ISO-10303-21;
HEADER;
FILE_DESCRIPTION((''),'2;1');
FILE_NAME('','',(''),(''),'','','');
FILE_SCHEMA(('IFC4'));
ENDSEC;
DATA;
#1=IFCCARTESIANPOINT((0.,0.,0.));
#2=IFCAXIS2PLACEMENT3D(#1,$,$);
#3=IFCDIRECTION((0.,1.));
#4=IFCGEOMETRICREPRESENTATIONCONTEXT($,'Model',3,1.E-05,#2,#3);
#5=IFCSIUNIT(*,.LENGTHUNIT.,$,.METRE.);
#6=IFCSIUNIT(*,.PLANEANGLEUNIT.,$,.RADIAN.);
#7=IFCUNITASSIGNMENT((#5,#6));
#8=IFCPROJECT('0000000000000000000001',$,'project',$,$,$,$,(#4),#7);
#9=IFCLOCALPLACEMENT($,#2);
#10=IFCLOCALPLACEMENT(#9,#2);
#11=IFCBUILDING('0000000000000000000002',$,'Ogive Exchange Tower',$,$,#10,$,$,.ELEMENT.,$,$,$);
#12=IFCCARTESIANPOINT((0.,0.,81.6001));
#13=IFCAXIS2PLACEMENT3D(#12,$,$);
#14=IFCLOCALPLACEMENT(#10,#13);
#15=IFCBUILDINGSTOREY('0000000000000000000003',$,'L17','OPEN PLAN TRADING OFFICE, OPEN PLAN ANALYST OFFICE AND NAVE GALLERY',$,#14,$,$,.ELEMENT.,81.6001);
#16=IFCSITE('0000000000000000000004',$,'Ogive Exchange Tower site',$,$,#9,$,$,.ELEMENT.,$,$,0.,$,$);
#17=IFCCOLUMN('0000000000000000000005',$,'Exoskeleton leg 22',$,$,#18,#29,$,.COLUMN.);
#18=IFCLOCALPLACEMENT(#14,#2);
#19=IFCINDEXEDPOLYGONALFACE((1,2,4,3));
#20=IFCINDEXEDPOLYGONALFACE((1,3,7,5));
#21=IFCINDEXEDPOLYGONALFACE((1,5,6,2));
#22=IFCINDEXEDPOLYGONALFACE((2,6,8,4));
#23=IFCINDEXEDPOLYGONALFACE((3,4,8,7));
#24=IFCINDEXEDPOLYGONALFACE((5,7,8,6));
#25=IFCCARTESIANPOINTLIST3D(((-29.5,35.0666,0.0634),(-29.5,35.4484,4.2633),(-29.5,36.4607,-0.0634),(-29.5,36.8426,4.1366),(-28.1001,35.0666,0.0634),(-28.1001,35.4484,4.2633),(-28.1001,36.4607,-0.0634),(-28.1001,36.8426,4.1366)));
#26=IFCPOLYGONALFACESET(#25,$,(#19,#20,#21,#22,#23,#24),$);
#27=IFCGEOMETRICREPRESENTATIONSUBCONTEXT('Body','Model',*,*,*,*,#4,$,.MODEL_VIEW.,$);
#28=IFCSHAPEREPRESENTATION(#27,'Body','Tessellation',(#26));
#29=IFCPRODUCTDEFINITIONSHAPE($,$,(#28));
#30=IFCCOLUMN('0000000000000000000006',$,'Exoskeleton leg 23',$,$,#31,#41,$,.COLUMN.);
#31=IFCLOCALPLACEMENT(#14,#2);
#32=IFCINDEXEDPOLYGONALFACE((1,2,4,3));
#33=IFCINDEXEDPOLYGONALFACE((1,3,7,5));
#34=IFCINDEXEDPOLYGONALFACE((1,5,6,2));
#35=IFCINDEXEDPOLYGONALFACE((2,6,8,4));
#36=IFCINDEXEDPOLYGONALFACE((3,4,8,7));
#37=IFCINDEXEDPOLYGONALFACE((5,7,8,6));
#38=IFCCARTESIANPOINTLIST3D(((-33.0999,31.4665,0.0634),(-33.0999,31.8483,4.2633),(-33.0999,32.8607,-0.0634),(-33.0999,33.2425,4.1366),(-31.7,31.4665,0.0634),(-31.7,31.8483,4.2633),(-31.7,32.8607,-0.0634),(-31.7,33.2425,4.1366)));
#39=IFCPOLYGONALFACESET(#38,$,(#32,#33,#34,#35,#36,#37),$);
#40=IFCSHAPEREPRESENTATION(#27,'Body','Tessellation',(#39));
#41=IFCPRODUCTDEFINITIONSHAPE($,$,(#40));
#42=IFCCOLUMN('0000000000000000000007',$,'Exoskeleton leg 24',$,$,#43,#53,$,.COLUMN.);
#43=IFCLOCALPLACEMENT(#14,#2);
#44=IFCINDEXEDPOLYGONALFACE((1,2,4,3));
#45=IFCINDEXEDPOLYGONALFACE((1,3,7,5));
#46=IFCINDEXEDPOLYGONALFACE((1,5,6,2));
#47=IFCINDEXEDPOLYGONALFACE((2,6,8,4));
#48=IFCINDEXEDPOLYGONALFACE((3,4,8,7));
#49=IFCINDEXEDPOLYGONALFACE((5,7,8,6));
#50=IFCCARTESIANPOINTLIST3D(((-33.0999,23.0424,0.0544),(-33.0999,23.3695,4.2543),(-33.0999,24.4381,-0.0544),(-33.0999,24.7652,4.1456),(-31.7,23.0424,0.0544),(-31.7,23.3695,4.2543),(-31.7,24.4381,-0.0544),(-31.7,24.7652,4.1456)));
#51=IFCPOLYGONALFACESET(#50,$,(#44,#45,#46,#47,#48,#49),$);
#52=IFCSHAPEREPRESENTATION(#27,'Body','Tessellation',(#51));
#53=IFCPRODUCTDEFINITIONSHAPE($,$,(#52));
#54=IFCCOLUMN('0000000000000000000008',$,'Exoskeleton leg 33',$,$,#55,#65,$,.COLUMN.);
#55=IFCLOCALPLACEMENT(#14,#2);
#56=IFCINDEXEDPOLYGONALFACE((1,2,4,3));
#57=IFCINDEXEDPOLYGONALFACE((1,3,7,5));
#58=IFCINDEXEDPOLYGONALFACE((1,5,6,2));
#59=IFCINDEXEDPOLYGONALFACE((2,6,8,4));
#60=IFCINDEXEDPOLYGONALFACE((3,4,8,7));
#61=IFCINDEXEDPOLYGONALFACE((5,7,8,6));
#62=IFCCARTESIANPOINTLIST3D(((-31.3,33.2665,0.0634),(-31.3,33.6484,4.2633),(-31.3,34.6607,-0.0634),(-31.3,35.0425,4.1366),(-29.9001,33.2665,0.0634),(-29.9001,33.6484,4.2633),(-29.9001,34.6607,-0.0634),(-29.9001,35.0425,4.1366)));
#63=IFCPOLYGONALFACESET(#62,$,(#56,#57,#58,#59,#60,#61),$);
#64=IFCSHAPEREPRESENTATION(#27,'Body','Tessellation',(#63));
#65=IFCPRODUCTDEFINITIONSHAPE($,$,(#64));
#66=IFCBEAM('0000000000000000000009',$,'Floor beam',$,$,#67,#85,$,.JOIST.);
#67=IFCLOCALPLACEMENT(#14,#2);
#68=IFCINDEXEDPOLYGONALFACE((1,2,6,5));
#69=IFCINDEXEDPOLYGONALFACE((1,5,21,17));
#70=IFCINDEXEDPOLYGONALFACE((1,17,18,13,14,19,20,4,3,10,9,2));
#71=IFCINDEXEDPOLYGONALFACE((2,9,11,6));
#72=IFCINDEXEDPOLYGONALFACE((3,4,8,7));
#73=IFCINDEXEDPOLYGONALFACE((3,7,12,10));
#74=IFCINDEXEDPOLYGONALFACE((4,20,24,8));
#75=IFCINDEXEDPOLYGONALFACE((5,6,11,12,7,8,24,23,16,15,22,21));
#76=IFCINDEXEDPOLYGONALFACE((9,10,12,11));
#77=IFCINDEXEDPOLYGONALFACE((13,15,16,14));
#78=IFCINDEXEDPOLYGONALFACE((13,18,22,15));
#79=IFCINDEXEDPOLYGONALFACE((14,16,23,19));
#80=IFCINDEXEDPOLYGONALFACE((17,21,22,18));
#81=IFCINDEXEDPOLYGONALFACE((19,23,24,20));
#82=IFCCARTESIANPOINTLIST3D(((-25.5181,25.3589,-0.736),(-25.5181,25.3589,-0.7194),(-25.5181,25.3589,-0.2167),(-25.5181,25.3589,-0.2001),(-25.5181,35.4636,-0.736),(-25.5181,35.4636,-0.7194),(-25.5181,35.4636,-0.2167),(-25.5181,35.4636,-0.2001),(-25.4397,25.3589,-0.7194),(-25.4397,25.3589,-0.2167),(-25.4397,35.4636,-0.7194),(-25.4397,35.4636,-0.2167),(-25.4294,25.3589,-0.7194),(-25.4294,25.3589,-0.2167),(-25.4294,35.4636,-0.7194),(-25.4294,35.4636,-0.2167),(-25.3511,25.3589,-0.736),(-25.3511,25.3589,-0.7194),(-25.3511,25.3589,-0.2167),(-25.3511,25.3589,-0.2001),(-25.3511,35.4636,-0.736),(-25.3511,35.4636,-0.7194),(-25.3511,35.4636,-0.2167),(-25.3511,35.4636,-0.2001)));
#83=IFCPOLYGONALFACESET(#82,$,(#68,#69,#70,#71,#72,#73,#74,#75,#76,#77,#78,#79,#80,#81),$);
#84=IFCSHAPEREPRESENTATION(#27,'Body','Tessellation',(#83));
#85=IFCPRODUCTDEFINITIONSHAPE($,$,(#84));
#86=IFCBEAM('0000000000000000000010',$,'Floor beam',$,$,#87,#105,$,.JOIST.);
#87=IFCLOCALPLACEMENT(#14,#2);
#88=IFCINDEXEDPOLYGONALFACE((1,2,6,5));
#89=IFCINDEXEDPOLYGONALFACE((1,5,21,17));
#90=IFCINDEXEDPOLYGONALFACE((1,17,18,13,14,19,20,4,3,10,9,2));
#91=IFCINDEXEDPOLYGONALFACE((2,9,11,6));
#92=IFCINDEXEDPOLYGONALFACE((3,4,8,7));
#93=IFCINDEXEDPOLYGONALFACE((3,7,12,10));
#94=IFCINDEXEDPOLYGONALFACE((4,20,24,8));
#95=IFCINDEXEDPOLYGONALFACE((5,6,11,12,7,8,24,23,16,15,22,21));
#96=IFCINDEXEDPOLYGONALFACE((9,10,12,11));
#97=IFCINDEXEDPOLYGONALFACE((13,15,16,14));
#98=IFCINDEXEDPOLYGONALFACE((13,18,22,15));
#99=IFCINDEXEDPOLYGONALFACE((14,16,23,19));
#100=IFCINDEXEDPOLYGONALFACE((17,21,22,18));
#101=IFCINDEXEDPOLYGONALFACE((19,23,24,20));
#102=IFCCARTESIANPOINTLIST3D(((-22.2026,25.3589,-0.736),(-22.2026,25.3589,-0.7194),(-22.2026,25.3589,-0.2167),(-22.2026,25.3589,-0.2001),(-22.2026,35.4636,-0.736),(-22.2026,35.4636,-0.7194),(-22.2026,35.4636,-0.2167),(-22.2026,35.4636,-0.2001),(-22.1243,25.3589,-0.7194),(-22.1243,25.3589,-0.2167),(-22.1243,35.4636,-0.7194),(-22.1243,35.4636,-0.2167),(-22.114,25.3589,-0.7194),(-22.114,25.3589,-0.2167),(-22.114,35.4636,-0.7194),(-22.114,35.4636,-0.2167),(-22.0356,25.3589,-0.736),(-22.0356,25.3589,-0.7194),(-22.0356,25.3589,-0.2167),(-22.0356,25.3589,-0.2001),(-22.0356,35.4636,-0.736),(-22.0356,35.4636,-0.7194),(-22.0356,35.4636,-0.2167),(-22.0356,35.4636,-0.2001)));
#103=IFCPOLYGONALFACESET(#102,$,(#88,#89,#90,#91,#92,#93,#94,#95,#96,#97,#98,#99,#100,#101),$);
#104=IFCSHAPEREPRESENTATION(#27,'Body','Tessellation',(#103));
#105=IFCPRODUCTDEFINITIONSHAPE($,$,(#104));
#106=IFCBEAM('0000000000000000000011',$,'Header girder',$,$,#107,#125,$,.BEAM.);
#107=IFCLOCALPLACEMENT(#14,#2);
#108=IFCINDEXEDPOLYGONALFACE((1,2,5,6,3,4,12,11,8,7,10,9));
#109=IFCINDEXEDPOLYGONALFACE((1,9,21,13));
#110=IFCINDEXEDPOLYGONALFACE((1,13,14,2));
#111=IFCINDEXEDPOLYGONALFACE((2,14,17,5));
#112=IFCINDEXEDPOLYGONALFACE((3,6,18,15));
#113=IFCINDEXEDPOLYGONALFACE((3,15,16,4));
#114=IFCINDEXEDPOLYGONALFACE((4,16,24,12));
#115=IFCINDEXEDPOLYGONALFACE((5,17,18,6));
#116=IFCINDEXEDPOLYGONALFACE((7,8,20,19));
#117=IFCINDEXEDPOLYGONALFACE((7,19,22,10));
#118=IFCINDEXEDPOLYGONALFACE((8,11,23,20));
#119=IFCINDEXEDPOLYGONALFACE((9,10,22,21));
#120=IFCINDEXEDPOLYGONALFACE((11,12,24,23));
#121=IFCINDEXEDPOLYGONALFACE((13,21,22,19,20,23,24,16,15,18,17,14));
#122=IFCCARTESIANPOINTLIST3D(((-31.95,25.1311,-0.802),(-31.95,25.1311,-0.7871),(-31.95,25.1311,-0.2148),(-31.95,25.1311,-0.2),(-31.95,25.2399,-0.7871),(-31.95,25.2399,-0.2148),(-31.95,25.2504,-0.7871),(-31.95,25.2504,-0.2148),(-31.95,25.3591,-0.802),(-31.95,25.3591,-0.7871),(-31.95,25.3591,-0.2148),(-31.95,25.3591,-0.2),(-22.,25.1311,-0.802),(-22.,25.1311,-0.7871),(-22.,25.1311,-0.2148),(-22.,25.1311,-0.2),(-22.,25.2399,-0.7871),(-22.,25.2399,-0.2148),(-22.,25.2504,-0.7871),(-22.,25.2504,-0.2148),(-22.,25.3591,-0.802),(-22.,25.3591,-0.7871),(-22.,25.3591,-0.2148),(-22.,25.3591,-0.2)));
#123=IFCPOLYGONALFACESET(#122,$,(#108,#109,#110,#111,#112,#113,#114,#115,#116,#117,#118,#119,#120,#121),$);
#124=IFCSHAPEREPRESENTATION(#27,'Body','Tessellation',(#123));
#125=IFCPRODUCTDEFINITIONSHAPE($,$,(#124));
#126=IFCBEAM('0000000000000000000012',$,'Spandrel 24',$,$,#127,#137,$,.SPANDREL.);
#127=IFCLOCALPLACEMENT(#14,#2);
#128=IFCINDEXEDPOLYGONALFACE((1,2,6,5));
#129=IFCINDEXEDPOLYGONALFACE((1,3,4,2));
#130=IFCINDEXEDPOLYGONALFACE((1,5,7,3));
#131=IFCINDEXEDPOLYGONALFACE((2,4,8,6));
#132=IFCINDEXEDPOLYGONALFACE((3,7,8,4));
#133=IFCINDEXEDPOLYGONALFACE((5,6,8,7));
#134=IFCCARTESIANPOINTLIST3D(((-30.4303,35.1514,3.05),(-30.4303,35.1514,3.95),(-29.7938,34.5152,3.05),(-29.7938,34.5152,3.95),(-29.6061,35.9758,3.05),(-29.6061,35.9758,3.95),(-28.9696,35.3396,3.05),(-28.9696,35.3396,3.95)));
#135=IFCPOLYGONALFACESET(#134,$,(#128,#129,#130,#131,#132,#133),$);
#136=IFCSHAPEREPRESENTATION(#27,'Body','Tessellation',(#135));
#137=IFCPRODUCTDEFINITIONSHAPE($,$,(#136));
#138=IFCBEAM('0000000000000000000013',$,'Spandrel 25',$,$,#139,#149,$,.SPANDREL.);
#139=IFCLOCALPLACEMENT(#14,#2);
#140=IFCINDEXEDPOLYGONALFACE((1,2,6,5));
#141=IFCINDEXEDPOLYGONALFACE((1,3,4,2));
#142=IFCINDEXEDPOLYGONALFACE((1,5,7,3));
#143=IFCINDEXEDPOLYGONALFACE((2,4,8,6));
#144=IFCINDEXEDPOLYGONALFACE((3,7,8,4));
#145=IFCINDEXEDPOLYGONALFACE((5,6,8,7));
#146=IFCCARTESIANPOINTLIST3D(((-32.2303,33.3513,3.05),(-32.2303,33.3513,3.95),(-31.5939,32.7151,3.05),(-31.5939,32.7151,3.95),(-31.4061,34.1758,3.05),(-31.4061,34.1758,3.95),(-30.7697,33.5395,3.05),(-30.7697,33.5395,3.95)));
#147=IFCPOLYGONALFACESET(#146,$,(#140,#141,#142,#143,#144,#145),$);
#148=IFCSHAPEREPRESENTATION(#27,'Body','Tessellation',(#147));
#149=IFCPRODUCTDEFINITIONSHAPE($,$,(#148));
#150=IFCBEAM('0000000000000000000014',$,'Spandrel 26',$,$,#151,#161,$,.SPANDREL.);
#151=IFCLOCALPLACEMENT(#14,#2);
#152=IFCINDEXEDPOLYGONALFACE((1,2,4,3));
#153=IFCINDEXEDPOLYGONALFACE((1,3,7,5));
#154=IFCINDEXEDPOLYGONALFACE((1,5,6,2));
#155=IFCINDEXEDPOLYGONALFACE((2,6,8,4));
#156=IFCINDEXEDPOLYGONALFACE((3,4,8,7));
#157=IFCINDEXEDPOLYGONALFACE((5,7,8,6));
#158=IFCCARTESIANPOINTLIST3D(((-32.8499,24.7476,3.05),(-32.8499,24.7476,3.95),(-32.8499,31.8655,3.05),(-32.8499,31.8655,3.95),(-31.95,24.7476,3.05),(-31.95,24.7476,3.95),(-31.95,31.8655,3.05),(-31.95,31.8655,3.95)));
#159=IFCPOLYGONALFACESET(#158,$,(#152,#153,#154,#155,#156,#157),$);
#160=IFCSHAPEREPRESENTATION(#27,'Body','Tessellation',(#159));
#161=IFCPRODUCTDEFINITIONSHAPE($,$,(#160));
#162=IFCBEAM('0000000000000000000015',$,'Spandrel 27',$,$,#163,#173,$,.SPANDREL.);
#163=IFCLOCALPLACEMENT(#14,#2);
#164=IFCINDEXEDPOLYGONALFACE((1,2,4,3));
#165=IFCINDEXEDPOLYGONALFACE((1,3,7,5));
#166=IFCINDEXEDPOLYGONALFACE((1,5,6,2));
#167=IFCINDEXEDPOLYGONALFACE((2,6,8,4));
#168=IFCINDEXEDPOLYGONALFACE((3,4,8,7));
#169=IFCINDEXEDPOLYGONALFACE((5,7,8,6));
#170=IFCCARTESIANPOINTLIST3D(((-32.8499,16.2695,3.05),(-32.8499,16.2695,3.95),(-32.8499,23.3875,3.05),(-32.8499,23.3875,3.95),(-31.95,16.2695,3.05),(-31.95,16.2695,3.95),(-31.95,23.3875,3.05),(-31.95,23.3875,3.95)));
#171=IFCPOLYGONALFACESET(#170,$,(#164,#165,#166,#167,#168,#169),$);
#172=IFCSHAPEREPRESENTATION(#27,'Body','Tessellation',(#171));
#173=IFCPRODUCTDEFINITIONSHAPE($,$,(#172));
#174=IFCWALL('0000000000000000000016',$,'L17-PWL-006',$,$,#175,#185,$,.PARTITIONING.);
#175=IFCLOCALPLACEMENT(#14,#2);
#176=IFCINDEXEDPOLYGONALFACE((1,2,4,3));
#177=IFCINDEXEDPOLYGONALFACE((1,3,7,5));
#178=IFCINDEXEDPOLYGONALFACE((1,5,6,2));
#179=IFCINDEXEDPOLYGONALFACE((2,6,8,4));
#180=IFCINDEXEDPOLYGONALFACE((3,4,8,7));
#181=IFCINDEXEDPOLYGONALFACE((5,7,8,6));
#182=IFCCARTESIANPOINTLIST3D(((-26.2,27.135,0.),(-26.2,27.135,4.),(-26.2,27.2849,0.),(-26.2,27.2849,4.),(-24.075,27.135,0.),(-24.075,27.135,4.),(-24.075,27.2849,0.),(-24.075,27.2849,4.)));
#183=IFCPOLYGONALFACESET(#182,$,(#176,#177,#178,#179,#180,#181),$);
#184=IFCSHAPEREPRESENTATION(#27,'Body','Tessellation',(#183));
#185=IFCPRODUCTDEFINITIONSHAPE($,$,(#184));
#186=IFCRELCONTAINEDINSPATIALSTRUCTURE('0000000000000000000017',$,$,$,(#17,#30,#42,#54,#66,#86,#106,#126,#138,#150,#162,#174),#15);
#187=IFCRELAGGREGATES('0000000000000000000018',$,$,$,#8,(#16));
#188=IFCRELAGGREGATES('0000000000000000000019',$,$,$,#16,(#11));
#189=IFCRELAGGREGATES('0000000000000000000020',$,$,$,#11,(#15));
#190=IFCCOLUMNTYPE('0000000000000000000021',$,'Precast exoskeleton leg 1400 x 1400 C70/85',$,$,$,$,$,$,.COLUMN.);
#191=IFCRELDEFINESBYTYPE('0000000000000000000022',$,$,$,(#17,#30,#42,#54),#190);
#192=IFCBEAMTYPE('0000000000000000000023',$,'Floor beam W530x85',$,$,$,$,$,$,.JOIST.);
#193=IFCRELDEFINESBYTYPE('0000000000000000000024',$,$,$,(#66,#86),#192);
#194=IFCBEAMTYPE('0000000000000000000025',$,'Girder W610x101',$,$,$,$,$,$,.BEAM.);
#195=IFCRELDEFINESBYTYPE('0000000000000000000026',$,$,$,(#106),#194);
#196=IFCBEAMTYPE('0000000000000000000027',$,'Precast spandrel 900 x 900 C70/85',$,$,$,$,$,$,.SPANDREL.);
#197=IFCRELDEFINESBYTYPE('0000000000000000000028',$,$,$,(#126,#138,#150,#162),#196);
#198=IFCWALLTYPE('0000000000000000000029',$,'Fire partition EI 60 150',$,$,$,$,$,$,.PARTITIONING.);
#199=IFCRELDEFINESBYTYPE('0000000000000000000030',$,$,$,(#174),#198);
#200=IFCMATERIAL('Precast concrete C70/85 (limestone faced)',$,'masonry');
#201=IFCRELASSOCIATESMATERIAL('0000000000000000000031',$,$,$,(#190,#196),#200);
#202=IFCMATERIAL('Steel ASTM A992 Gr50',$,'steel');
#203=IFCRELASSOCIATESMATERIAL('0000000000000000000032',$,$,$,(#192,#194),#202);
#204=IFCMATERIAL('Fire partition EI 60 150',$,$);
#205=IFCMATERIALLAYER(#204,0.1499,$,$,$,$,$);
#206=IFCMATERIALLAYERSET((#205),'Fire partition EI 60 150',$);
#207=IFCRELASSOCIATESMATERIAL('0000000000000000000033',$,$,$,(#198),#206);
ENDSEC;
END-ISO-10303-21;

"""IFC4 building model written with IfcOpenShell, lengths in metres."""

from ifc_helpers import new_model, si_unit, direction, frame, frame_2d, origin, origin_2d, place, context, subcontext, project, spatial, rectangle, i_section, extrude, material, layer, layer_set, material_profile, profile_set, type_object, element, save


model = new_model("IFC4")

# Units and contexts
model_context = context("Model", 3, precision=1e-05, world=origin(), true_north=direction((0.0, 1.0)))
body_context = subcontext(model_context, "Body", "Model", "MODEL_VIEW")
ifc_project = project(units=[si_unit("LENGTHUNIT", "METRE"), si_unit("PLANEANGLEUNIT", "RADIAN")], contexts=[model_context])

# Site, building, storey
site_placement = place(None, origin())
site = spatial("IfcSite", under=ifc_project, at=site_placement, Name="Ogive Exchange Tower site", CompositionType="ELEMENT", RefElevation=0.0)
building_placement = place(site_placement, origin())
building = spatial("IfcBuilding", under=site, at=building_placement, Name="Ogive Exchange Tower", CompositionType="ELEMENT")
storey_placement = place(building_placement, frame((0.0, 0.0, 81.6001)))
storey = spatial("IfcBuildingStorey", under=building, at=storey_placement, Name="L17", Description="OPEN PLAN TRADING OFFICE, OPEN PLAN ANALYST OFFICE AND NAVE GALLERY", CompositionType="ELEMENT", Elevation=81.6001)

# Columns
ifc_material_1 = material(Name="Precast concrete C70/85 (limestone faced)", Category="masonry")
ifc_material_profile_1 = material_profile(ifc_material_1, rectangle(XDim=1.3999, YDim=1.3999, at=origin_2d()), Name="1400 x 1400")
ifc_profile_set_1 = profile_set([ifc_material_profile_1], Name="Precast concrete C70/85 (limestone faced)")
column_type = type_object("IfcColumnType", Name="Precast exoskeleton leg 1400 x 1400 C70/85", PredefinedType="COLUMN", material=ifc_profile_set_1)
for number, where, z_axis, x_axis, name in (
    (1, (-28.8, 35.7637, 0.0), (0.0, 0.090541, 0.995893), (-1.0, 0.0, 0.0), "Exoskeleton leg 22"),
    (2, (-32.3999, 32.1636, 0.0), (0.0, 0.090541, 0.995893), (-1.0, 0.0, 0.0), "Exoskeleton leg 23"),
):
    element("IfcColumn", number, at=place(storey_placement, frame(where, z_axis=z_axis, x_axis=x_axis)), inside=storey, type_object=column_type, Name=name, PredefinedType="COLUMN", context=body_context, shape_type="SweptSolid", body=[
        extrude(rectangle(XDim=1.3999, YDim=1.3999, at=origin_2d()), origin(), (0.0, 0.0, 1.0), 4.2173),
    ])
column_1_placement = place(storey_placement, frame((-32.3999, 23.7402, 0.0), z_axis=(0.0, 0.077658, 0.99698), x_axis=(-1.0, 0.0, 0.0)))
element("IfcColumn", 3, at=column_1_placement, inside=storey, type_object=column_type, Name="Exoskeleton leg 24", PredefinedType="COLUMN", context=body_context, shape_type="SweptSolid", body=[
    extrude(rectangle(XDim=1.3999, YDim=1.3999, at=origin_2d()), origin(), (0.0, 0.0, 1.0), 4.2126),
])
column_2_placement = place(storey_placement, frame((-30.6001, 33.9636, 0.0), z_axis=(0.0, 0.090541, 0.995893), x_axis=(-1.0, 0.0, 0.0)))
element("IfcColumn", 4, at=column_2_placement, inside=storey, type_object=column_type, Name="Exoskeleton leg 33", PredefinedType="COLUMN", context=body_context, shape_type="SweptSolid", body=[
    extrude(rectangle(XDim=1.3999, YDim=1.3999, at=origin_2d()), origin(), (0.0, 0.0, 1.0), 4.2173),
])

# Beams
ifc_material_2 = material(Name="Steel ASTM A992 Gr50", Category="steel")
ifc_material_profile_2 = material_profile(ifc_material_2, i_section(OverallWidth=0.167, OverallDepth=0.5359, WebThickness=0.0103, FlangeThickness=0.0166, at=origin_2d()), Name="W530x85")
ifc_profile_set_2 = profile_set([ifc_material_profile_2], Name="Steel ASTM A992 Gr50")
beam_type_1 = type_object("IfcBeamType", Name="Floor beam W530x85", PredefinedType="JOIST", material=ifc_profile_set_2)
for number, where, z_axis, x_axis, name in (
    (5, (-25.4346, 25.3589, -0.468), (0.0, 1.0, 0.0), (-1.0, 0.0, 0.0), "Floor beam"),
    (6, (-22.1191, 25.3589, -0.468), (0.0, 1.0, 0.0), (-1.0, 0.0, 0.0), "Floor beam"),
):
    element("IfcBeam", number, at=place(storey_placement, frame(where, z_axis=z_axis, x_axis=x_axis)), inside=storey, type_object=beam_type_1, Name=name, PredefinedType="JOIST", context=body_context, shape_type="SweptSolid", body=[
        extrude(i_section(OverallWidth=0.167, OverallDepth=0.5359, WebThickness=0.0103, FlangeThickness=0.0166, at=origin_2d()), origin(), (0.0, 0.0, 1.0), 10.1047),
    ])
ifc_material_profile_3 = material_profile(ifc_material_2, i_section(OverallWidth=0.228, OverallDepth=0.6021, WebThickness=0.0105, FlangeThickness=0.0149, at=origin_2d()), Name="W610x101")
ifc_profile_set_3 = profile_set([ifc_material_profile_3], Name="Steel ASTM A992 Gr50")
beam_type_2 = type_object("IfcBeamType", Name="Girder W610x101", PredefinedType="BEAM", material=ifc_profile_set_3)
beam_placement = place(storey_placement, frame((-31.95, 25.2451, -0.501), z_axis=(1.0, 0.0, 0.0), x_axis=(0.0, 1.0, 0.0)))
element("IfcBeam", 7, at=beam_placement, inside=storey, type_object=beam_type_2, Name="Header girder", PredefinedType="BEAM", context=body_context, shape_type="SweptSolid", body=[
    extrude(i_section(OverallWidth=0.228, OverallDepth=0.6021, WebThickness=0.0105, FlangeThickness=0.0149, at=origin_2d()), origin(), (0.0, 0.0, 1.0), 9.95),
])
ifc_material_profile_4 = material_profile(ifc_material_1, rectangle(XDim=0.8999, YDim=0.8999, at=origin_2d()), Name="900 x 900")
ifc_profile_set_4 = profile_set([ifc_material_profile_4], Name="Precast concrete C70/85 (limestone faced)")
beam_type_3 = type_object("IfcBeamType", Name="Precast spandrel 900 x 900 C70/85", PredefinedType="SPANDREL", material=ifc_profile_set_4)
for number, where, z_axis, x_axis, name in (
    (8, (-29.2878, 35.6577, 3.5), (-0.707002, -0.707211, 0.0), (0.707211, -0.707002, 0.0), "Spandrel 24"),
    (9, (-31.0879, 33.8577, 3.5), (-0.707002, -0.707211, 0.0), (0.707211, -0.707002, 0.0), "Spandrel 25"),
):
    element("IfcBeam", number, at=place(storey_placement, frame(where, z_axis=z_axis, x_axis=x_axis)), inside=storey, type_object=beam_type_3, Name=name, PredefinedType="SPANDREL", context=body_context, shape_type="SweptSolid", body=[
        extrude(rectangle(XDim=0.8999, YDim=0.8999, at=origin_2d()), origin(), (0.0, 0.0, 1.0), 1.1658),
    ])
for number, where, z_axis, x_axis, name in (
    (10, (-32.3999, 31.8655, 3.5), (0.0, -1.0, 0.0), (1.0, 0.0, 0.0), "Spandrel 26"),
    (11, (-32.3999, 23.3875, 3.5), (0.0, -1.0, 0.0), (1.0, 0.0, 0.0), "Spandrel 27"),
):
    element("IfcBeam", number, at=place(storey_placement, frame(where, z_axis=z_axis, x_axis=x_axis)), inside=storey, type_object=beam_type_3, Name=name, PredefinedType="SPANDREL", context=body_context, shape_type="SweptSolid", body=[
        extrude(rectangle(XDim=0.8999, YDim=0.8999, at=origin_2d()), origin(), (0.0, 0.0, 1.0), 7.1179),
    ])

# Wall
ifc_material_3 = material(Name="Fire partition EI 60 150")
ifc_layer_1 = layer(ifc_material_3, 0.1499)
ifc_layer_set_1 = layer_set([ifc_layer_1], Name="Fire partition EI 60 150")
wall_type_1 = type_object("IfcWallType", Name="Fire partition EI 60 150", PredefinedType="PARTITIONING", material=ifc_layer_set_1)
wall_1_placement = place(storey_placement, frame((-24.075, 27.21, 0.0), z_axis=(0.0, 0.0, 1.0), x_axis=(-1.0, 0.0, 0.0)))
element("IfcWall", 12, at=wall_1_placement, inside=storey, type_object=wall_type_1, Name="L17-PWL-006", PredefinedType="PARTITIONING", context=body_context, shape_type="SweptSolid", body=[
    extrude(rectangle(XDim=2.125, YDim=0.1499, at=frame_2d((1.0625, 0.0))), origin(), (0.0, 0.0, 1.0), 4.0),
])

save(model, "model.ifc")
